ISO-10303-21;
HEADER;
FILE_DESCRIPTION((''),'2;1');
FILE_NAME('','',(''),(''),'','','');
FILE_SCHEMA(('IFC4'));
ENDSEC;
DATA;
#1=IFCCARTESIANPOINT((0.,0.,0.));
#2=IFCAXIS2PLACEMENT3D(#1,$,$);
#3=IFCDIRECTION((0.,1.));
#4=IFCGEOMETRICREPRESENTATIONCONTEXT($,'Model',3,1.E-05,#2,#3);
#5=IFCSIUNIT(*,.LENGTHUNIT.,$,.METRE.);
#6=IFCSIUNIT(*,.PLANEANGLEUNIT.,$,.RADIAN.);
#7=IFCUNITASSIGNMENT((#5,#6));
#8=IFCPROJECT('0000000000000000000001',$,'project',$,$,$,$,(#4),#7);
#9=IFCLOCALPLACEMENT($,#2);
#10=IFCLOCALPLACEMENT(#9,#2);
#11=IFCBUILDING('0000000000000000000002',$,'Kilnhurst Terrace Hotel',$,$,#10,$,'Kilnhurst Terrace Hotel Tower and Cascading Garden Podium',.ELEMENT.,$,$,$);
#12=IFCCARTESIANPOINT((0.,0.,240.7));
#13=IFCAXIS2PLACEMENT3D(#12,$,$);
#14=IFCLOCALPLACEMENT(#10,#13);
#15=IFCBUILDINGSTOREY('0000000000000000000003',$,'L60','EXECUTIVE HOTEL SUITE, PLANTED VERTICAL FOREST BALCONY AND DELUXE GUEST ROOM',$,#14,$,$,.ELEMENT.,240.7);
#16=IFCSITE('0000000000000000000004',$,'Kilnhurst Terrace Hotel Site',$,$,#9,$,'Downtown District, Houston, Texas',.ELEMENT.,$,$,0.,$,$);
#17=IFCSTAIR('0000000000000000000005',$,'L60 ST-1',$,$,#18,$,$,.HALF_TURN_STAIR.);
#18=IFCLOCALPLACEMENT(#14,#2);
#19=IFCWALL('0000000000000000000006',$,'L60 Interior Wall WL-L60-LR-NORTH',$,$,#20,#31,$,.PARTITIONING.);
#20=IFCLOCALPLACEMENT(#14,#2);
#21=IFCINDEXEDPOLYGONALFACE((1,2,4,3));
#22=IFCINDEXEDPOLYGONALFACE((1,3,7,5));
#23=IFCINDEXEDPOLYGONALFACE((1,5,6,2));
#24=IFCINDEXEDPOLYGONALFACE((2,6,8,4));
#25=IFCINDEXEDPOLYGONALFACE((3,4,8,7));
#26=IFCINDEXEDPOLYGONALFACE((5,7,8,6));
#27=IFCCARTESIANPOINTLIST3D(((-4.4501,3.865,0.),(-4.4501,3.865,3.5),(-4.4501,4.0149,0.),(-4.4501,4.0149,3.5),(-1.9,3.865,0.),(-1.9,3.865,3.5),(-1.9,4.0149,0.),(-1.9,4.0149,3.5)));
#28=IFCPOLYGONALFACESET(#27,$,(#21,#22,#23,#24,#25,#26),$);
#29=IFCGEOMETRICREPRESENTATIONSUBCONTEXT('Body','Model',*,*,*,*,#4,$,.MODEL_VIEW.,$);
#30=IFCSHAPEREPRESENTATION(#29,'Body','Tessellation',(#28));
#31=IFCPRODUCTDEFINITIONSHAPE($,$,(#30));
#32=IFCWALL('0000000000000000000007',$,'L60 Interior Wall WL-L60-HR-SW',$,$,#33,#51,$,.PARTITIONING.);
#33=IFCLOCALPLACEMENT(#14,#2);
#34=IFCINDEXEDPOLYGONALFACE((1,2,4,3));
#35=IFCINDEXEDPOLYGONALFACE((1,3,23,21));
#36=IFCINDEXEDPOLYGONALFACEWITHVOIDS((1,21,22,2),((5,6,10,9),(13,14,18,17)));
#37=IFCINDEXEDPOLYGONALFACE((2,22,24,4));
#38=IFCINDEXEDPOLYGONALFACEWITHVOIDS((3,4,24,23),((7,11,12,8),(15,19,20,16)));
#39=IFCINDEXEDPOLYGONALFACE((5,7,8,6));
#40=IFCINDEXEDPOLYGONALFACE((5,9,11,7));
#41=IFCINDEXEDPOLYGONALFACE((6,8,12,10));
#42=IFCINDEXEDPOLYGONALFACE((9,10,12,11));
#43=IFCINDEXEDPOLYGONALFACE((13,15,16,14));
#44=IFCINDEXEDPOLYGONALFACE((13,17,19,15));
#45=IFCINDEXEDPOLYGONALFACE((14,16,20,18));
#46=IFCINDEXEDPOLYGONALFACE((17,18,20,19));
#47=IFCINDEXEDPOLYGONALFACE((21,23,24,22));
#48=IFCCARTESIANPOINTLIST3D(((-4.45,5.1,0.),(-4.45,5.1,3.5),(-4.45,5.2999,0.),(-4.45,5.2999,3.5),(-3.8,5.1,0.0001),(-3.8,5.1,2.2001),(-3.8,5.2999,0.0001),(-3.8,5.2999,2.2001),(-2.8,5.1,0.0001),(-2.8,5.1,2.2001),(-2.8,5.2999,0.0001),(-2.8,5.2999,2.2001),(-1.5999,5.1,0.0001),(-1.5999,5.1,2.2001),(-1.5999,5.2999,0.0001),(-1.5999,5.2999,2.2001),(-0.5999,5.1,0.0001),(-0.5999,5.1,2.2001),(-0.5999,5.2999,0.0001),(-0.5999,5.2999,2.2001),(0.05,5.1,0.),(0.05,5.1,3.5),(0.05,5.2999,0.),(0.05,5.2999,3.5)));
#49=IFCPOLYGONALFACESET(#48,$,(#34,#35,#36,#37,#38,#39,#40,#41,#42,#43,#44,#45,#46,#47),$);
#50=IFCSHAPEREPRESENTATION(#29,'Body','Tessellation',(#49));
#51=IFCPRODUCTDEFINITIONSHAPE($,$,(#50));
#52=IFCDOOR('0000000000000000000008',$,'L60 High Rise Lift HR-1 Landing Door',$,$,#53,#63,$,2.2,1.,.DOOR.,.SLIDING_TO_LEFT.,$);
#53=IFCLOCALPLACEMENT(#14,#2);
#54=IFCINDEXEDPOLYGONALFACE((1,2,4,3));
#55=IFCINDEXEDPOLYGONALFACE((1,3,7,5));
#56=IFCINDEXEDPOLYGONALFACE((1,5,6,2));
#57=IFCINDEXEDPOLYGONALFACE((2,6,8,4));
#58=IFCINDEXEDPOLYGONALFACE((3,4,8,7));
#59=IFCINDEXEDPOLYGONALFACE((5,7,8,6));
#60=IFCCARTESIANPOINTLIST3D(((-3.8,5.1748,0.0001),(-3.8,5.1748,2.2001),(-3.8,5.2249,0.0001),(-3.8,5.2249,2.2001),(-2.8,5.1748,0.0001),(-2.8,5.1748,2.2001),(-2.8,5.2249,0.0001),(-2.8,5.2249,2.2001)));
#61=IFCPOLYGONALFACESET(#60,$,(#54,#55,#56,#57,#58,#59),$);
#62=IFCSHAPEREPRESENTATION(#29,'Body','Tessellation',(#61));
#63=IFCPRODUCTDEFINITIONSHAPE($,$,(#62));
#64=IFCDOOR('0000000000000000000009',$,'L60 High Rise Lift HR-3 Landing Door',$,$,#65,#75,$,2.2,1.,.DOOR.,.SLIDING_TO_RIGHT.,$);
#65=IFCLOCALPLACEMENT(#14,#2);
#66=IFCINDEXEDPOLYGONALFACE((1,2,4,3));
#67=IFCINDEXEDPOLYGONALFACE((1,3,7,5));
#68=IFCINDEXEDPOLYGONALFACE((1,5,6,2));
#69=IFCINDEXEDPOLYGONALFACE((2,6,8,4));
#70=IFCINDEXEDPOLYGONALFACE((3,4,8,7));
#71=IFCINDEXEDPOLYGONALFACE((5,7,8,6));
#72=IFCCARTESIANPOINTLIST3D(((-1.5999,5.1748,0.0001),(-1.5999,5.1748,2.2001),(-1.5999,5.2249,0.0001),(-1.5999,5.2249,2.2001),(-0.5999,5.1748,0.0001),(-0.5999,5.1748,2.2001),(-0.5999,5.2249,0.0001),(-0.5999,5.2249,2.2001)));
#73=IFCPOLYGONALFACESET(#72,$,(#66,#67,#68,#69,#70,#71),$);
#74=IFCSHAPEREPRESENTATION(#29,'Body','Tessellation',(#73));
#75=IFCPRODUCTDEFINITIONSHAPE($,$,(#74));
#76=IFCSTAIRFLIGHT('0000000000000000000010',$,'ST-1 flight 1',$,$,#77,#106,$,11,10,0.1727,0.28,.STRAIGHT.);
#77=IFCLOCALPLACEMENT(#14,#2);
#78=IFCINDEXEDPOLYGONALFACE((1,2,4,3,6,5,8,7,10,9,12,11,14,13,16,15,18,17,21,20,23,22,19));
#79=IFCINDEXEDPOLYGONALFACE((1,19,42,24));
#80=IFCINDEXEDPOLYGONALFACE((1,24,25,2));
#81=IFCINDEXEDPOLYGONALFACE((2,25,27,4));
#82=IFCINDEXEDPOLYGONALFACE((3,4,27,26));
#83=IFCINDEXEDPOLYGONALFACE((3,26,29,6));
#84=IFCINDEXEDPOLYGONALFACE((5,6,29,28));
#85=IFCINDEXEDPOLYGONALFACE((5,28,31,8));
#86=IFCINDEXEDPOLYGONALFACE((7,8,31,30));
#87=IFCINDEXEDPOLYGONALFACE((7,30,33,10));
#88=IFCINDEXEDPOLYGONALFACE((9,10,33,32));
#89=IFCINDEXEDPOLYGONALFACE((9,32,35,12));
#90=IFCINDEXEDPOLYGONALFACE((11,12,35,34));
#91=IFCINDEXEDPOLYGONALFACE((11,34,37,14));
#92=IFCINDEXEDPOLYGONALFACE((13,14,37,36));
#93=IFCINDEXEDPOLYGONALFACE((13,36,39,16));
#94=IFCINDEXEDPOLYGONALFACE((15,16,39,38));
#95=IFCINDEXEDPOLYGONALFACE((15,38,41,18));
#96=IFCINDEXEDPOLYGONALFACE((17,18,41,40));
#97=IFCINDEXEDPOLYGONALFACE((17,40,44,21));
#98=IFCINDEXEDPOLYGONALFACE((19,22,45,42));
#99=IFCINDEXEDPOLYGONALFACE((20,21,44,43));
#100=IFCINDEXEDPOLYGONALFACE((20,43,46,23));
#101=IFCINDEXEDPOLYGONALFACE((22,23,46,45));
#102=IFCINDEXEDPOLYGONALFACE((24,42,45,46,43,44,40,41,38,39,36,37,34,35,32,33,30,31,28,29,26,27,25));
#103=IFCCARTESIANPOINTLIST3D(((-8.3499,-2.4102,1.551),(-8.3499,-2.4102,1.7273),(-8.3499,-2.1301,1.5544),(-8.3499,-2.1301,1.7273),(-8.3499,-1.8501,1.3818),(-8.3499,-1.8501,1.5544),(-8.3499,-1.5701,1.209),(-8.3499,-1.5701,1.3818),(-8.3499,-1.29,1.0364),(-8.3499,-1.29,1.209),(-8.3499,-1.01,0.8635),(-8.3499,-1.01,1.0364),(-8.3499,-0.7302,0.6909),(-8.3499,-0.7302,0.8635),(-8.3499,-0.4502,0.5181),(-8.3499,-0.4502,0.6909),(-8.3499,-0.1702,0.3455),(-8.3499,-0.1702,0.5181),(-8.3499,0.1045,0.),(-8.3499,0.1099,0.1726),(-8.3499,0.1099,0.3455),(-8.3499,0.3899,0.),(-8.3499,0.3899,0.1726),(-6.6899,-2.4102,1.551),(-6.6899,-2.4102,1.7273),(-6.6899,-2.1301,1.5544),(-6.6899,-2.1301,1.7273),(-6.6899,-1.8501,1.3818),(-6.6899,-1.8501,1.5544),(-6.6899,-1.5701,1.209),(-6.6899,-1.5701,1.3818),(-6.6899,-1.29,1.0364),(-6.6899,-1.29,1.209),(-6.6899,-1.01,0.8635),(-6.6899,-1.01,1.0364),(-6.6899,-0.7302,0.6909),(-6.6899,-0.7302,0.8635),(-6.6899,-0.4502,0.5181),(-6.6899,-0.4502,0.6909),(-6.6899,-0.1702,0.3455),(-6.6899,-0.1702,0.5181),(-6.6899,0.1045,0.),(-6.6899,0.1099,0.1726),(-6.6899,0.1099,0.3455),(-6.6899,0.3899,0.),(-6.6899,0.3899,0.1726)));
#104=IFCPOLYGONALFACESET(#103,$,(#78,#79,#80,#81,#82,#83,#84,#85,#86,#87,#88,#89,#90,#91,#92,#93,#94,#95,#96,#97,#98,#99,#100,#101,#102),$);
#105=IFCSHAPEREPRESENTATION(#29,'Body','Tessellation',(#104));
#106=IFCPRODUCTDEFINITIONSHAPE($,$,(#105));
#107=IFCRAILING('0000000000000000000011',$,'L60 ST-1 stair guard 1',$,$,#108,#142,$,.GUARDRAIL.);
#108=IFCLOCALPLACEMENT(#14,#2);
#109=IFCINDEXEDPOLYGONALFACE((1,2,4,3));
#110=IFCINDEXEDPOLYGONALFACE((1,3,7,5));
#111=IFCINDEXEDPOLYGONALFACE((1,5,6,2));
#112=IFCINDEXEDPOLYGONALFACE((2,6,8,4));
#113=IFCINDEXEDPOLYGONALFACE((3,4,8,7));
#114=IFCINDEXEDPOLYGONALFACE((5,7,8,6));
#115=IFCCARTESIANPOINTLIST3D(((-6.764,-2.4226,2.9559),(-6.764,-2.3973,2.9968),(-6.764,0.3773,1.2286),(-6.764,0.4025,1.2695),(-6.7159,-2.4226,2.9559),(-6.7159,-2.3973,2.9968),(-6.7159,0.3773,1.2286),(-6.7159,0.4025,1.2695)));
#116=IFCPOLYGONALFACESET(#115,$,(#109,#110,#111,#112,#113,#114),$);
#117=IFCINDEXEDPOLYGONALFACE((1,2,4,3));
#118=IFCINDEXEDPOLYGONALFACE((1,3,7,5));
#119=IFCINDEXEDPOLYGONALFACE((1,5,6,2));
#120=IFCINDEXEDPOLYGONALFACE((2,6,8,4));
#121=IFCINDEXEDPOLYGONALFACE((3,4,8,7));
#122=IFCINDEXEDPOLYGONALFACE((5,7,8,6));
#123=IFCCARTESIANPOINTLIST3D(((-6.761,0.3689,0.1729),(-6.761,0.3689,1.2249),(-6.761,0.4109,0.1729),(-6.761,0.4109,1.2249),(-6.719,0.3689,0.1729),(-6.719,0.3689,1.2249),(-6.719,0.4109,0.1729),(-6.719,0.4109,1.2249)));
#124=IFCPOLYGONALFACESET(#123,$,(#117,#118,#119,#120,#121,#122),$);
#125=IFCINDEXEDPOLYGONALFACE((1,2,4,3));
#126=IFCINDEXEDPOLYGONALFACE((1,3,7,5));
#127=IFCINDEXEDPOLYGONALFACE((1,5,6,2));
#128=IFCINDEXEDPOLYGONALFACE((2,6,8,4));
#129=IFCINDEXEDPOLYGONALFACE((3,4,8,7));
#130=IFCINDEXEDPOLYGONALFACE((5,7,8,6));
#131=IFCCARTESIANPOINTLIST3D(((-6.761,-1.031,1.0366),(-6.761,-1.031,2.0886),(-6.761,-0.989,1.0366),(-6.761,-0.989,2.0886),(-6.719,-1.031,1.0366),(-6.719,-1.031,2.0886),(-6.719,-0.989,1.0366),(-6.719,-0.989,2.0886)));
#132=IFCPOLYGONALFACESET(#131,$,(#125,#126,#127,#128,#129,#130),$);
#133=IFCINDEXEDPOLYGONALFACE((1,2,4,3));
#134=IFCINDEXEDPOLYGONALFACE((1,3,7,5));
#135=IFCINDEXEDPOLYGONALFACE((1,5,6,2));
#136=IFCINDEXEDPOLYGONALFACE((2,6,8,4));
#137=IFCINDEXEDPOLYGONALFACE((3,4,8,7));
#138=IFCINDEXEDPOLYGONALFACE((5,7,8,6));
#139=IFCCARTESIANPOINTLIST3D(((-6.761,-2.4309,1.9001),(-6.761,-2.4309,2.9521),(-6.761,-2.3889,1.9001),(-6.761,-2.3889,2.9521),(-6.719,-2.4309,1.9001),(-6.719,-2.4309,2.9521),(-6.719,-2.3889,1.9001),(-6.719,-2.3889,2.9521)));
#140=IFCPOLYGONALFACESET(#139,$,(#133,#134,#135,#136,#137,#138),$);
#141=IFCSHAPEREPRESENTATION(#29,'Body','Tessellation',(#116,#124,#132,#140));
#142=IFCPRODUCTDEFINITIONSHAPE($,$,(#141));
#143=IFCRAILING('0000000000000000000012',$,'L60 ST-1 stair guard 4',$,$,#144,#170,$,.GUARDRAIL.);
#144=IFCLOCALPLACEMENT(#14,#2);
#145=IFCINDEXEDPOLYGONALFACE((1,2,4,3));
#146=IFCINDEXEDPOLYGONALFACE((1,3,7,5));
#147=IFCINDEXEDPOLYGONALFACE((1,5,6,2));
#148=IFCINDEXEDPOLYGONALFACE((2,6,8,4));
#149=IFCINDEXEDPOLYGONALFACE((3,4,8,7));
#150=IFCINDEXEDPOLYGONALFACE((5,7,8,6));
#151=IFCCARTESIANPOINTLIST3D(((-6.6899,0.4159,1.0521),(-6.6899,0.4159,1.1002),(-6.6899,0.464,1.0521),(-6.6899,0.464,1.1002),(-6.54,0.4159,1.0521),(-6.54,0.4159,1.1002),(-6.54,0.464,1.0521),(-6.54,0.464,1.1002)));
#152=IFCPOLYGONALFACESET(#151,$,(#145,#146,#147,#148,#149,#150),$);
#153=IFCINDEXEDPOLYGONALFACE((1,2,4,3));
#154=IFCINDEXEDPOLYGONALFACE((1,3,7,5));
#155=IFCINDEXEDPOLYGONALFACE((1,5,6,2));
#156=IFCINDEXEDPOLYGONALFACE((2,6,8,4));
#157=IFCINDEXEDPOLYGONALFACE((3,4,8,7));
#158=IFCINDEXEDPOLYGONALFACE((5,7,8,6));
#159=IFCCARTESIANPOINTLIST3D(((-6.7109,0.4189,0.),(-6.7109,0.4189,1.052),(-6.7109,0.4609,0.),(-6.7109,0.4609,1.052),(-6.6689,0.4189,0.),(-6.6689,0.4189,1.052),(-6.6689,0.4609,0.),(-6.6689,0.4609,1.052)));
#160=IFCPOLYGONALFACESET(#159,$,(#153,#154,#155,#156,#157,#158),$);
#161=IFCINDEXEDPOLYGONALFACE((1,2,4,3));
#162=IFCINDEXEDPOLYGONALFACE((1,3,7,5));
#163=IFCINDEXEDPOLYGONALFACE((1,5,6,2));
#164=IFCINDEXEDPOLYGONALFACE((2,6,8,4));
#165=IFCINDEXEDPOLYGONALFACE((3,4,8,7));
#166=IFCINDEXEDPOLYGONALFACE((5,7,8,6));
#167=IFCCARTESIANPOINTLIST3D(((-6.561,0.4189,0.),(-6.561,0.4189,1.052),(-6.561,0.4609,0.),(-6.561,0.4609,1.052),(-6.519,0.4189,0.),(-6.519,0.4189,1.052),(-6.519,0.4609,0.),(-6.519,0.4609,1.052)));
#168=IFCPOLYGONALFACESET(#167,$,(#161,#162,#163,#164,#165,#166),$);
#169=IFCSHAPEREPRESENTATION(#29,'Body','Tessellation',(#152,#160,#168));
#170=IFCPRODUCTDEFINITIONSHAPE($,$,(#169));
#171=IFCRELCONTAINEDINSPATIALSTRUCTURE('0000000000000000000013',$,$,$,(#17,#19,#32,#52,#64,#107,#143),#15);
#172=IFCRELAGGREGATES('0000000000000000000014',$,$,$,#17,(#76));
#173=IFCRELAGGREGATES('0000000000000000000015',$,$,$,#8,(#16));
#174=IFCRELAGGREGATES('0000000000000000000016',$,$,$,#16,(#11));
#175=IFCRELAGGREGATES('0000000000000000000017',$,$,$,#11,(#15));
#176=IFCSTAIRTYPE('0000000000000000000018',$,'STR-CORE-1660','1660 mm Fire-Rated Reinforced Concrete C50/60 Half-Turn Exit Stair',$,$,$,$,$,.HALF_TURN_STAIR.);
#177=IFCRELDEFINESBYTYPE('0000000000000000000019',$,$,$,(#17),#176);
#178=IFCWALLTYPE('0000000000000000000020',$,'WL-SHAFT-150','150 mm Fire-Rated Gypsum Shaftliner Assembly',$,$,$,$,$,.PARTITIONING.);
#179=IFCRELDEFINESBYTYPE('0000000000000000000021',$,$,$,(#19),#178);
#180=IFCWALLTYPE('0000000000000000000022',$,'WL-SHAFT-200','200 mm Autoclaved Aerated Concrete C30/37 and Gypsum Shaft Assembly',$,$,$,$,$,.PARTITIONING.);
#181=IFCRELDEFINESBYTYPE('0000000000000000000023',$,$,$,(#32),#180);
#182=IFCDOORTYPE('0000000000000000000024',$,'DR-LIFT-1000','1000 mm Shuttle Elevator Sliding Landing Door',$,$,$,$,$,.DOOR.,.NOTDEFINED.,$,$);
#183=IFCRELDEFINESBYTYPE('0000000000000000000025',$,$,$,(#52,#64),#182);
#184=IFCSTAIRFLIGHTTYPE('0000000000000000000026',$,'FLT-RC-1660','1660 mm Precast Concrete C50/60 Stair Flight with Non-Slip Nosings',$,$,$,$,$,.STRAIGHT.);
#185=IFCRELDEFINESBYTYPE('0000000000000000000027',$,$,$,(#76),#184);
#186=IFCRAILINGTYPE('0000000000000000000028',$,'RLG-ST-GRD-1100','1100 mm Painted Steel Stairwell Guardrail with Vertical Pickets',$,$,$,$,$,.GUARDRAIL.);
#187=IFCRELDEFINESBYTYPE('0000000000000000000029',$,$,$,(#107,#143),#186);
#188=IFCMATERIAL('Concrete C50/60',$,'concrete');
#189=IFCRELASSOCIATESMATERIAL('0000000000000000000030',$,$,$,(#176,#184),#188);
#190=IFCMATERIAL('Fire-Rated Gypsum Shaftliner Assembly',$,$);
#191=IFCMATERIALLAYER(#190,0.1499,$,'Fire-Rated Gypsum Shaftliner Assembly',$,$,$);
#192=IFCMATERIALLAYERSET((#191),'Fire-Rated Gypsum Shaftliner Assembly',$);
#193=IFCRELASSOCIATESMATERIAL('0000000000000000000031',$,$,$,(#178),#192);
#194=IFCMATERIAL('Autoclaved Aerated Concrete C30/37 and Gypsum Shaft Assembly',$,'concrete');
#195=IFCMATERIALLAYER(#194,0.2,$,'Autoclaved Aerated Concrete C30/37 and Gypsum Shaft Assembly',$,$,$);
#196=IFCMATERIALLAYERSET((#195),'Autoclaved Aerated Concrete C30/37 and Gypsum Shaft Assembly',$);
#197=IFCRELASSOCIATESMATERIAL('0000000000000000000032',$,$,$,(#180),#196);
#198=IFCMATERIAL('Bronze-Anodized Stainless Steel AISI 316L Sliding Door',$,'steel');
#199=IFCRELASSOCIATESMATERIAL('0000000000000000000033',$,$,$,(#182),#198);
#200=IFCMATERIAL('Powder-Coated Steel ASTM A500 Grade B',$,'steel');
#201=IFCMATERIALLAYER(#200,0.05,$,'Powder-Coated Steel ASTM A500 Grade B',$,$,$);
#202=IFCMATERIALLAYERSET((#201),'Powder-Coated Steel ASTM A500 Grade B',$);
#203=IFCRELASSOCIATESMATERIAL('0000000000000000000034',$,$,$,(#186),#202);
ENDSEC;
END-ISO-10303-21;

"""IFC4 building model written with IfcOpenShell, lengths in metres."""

from ifc_helpers import new_model, si_unit, direction, frame, frame_2d, origin, origin_2d, place, context, subcontext, project, spatial, polyline, rectangle, outline, extrude, material, layer, layer_set, type_object, element, fill, aggregate, save


model = new_model("IFC4")

# Units and contexts
model_context = context("Model", 3, precision=1e-05, world=origin(), true_north=direction((0.0, 1.0)))
body_context = subcontext(model_context, "Body", "Model", "MODEL_VIEW")
ifc_project = project(units=[si_unit("LENGTHUNIT", "METRE"), si_unit("PLANEANGLEUNIT", "RADIAN")], contexts=[model_context])

# Site, building, storey
site_placement = place(None, origin())
site = spatial("IfcSite", under=ifc_project, at=site_placement, Name="Kilnhurst Terrace Hotel Site", LongName="Downtown District, Houston, Texas", CompositionType="ELEMENT", RefElevation=0.0)
building_placement = place(site_placement, origin())
building = spatial("IfcBuilding", under=site, at=building_placement, Name="Kilnhurst Terrace Hotel", LongName="Kilnhurst Terrace Hotel Tower and Cascading Garden Podium", CompositionType="ELEMENT")
storey_placement = place(building_placement, frame((0.0, 0.0, 240.7)))
storey = spatial("IfcBuildingStorey", under=building, at=storey_placement, Name="L60", Description="EXECUTIVE HOTEL SUITE, PLANTED VERTICAL FOREST BALCONY AND DELUXE GUEST ROOM", CompositionType="ELEMENT", Elevation=240.7)

# Shared definitions
ifc_material_1 = material(Name="Concrete C50/60", Category="concrete")

# Stair
stair_type = type_object("IfcStairType", Name="STR-CORE-1660", Description="1660 mm Fire-Rated Reinforced Concrete C50/60 Half-Turn Exit Stair", PredefinedType="HALF_TURN_STAIR", material=ifc_material_1)
stair_1_placement = place(storey_placement, origin())
stair_1 = element("IfcStair", 1, at=stair_1_placement, inside=storey, type_object=stair_type, Name="L60 ST-1", PredefinedType="HALF_TURN_STAIR")

# Wall
ifc_material_2 = material(Name="Fire-Rated Gypsum Shaftliner Assembly")
ifc_layer_1 = layer(ifc_material_2, 0.1499, Name="Fire-Rated Gypsum Shaftliner Assembly")
ifc_layer_set_1 = layer_set([ifc_layer_1], Name="Fire-Rated Gypsum Shaftliner Assembly")
wall_type_1 = type_object("IfcWallType", Name="WL-SHAFT-150", Description="150 mm Fire-Rated Gypsum Shaftliner Assembly", PredefinedType="PARTITIONING", material=ifc_layer_set_1)
wall_1_placement = place(storey_placement, frame((-4.45, 3.9399, 0.0), z_axis=(0.0, 0.0, 1.0), x_axis=(1.0, 0.0, 0.0)))
element("IfcWall", 2, at=wall_1_placement, inside=storey, type_object=wall_type_1, Name="L60 Interior Wall WL-L60-LR-NORTH", PredefinedType="PARTITIONING", context=body_context, shape_type="SweptSolid", body=[
    extrude(rectangle(XDim=2.55, YDim=0.1499, at=frame_2d((1.2749, 0.0))), origin(), (0.0, 0.0, 1.0), 3.5),
])

# Wall, openings, doors
ifc_material_3 = material(Name="Autoclaved Aerated Concrete C30/37 and Gypsum Shaft Assembly", Category="concrete")
ifc_layer_2 = layer(ifc_material_3, 0.2, Name="Autoclaved Aerated Concrete C30/37 and Gypsum Shaft Assembly")
ifc_layer_set_2 = layer_set([ifc_layer_2], Name="Autoclaved Aerated Concrete C30/37 and Gypsum Shaft Assembly")
wall_type_2 = type_object("IfcWallType", Name="WL-SHAFT-200", Description="200 mm Autoclaved Aerated Concrete C30/37 and Gypsum Shaft Assembly", PredefinedType="PARTITIONING", material=ifc_layer_set_2)
wall_2_placement = place(storey_placement, frame((-4.45, 5.2, 0.0), z_axis=(0.0, 0.0, 1.0), x_axis=(1.0, 0.0, 0.0)))
wall_2 = element("IfcWall", 3, at=wall_2_placement, inside=storey, type_object=wall_type_2, Name="L60 Interior Wall WL-L60-HR-SW", PredefinedType="PARTITIONING", context=body_context, shape_type="SweptSolid", body=[
    extrude(rectangle(XDim=4.5, YDim=0.2, at=frame_2d((2.25, 0.0))), origin(), (0.0, 0.0, 1.0), 3.5),
])
opening_1_placement = place(wall_2_placement, frame((0.6499, 0.0, 0.0)))
opening_1 = element("IfcOpeningElement", 4, at=opening_1_placement, cuts=wall_2, PredefinedType="OPENING", context=body_context, shape_type="SweptSolid", body=[
    extrude(rectangle(XDim=1.0, YDim=2.2, at=frame_2d((0.5, 1.1001))), frame((0.0, 0.1099, 0.0), z_axis=(0.0, -1.0, 0.0), x_axis=(1.0, 0.0, 0.0)), (0.0, 0.0, 1.0), 0.22),
])
opening_2_placement = place(wall_2_placement, frame((2.8501, 0.0, 0.0)))
opening_2 = element("IfcOpeningElement", 5, at=opening_2_placement, cuts=wall_2, PredefinedType="OPENING", context=body_context, shape_type="SweptSolid", body=[
    extrude(rectangle(XDim=1.0, YDim=2.2, at=frame_2d((0.5, 1.1001))), frame((0.0, 0.1099, 0.0), z_axis=(0.0, -1.0, 0.0), x_axis=(1.0, 0.0, 0.0)), (0.0, 0.0, 1.0), 0.22),
])
ifc_material_4 = material(Name="Bronze-Anodized Stainless Steel AISI 316L Sliding Door", Category="steel")
door_type_1 = type_object("IfcDoorType", Name="DR-LIFT-1000", Description="1000 mm Shuttle Elevator Sliding Landing Door", OperationType="NOTDEFINED", PredefinedType="DOOR", material=ifc_material_4)
door_1_placement = place(opening_1_placement, origin())
door_1 = element("IfcDoor", 6, at=door_1_placement, inside=storey, type_object=door_type_1, Name="L60 High Rise Lift HR-1 Landing Door", OperationType="SLIDING_TO_LEFT", OverallHeight=2.2, OverallWidth=1.0, PredefinedType="DOOR", context=body_context, shape_type="SweptSolid", body=[
    extrude(rectangle(XDim=1.0, YDim=2.2, at=frame_2d((0.5, 1.1001))), frame((0.0, 0.0249, 0.0), z_axis=(0.0, -1.0, 0.0), x_axis=(1.0, 0.0, 0.0)), (0.0, 0.0, 1.0), 0.05),
])
fill(opening_1, door_1)
door_2_placement = place(opening_2_placement, origin())
door_2 = element("IfcDoor", 7, at=door_2_placement, inside=storey, type_object=door_type_1, Name="L60 High Rise Lift HR-3 Landing Door", OperationType="SLIDING_TO_RIGHT", OverallHeight=2.2, OverallWidth=1.0, PredefinedType="DOOR", context=body_context, shape_type="SweptSolid", body=[
    extrude(rectangle(XDim=1.0, YDim=2.2, at=frame_2d((0.5, 1.1001))), frame((0.0, 0.0249, 0.0), z_axis=(0.0, -1.0, 0.0), x_axis=(1.0, 0.0, 0.0)), (0.0, 0.0, 1.0), 0.05),
])
fill(opening_2, door_2)

# Stair flight
stair_flight_type = type_object("IfcStairFlightType", Name="FLT-RC-1660", Description="1660 mm Precast Concrete C50/60 Stair Flight with Non-Slip Nosings", PredefinedType="STRAIGHT", material=ifc_material_1)
stair_flight_placement = place(storey_placement, frame((-7.52, 0.3899, 0.0), z_axis=(0.0, 0.0, 1.0), x_axis=(0.0, -1.0, 0.0)))
stair_flight = element("IfcStairFlight", 8, at=stair_flight_placement, type_object=stair_flight_type, Name="ST-1 flight 1", NumberOfRisers=11, NumberOfTreads=10, PredefinedType="STRAIGHT", RiserHeight=0.1727, TreadLength=0.28, context=body_context, shape_type="SweptSolid", body=[
    extrude(outline(polyline([(0.0, 0.0), (0.0, 0.1726), (0.28, 0.1726), (0.28, 0.3455), (0.5601, 0.3455), (0.5601, 0.5181), (0.8401, 0.5181), (0.8401, 0.6909), (1.1201, 0.6909), (1.1201, 0.8635), (1.3999, 0.8635), (1.3999, 1.0364), (1.6799, 1.0364), (1.6799, 1.209), (1.96, 1.209), (1.96, 1.3818), (2.24, 1.3818), (2.24, 1.5544), (2.52, 1.5544), (2.52, 1.7273), (2.8, 1.7273), (2.8, 1.8999), (2.8, 1.551), (0.2854, 0.0), (0.0, 0.0)])), frame((0.0, 0.8301, 0.0), z_axis=(0.0, -1.0, 0.0), x_axis=(1.0, 0.0, 0.0)), (0.0, 0.0, 1.0), 1.6599),
])
aggregate(stair_1, [stair_flight])

# Railings
ifc_material_5 = material(Name="Powder-Coated Steel ASTM A500 Grade B", Category="steel")
ifc_layer_3 = layer(ifc_material_5, 0.05, Name="Powder-Coated Steel ASTM A500 Grade B")
ifc_layer_set_3 = layer_set([ifc_layer_3], Name="Powder-Coated Steel ASTM A500 Grade B")
railing_type_1 = type_object("IfcRailingType", Name="RLG-ST-GRD-1100", Description="1100 mm Painted Steel Stairwell Guardrail with Vertical Pickets", PredefinedType="GUARDRAIL", material=ifc_layer_set_3)
railing_1_placement = place(storey_placement, frame((-6.74, 0.3899, 0.1729)))
element("IfcRailing", 9, at=railing_1_placement, inside=storey, type_object=railing_type_1, Name="L60 ST-1 stair guard 1", PredefinedType="GUARDRAIL", context=body_context, shape_type="SweptSolid", body=[
    extrude(rectangle(XDim=0.0481, YDim=0.0481, at=origin_2d()), frame((0.0, 0.0, 1.0762), z_axis=(0.0, -0.851069, 0.525054), x_axis=(1.0, 0.0, 0.0)), (0.0, 0.0, 1.0), 3.2898),
    extrude(rectangle(XDim=0.042, YDim=0.042, at=origin_2d()), origin(), (0.0, 0.0, 1.0), 1.052),
    extrude(rectangle(XDim=0.042, YDim=0.042, at=origin_2d()), frame((0.0, -1.3999, 0.8638)), (0.0, 0.0, 1.0), 1.052),
    extrude(rectangle(XDim=0.042, YDim=0.042, at=origin_2d()), frame((0.0, -2.7998, 1.7273)), (0.0, 0.0, 1.0), 1.052),
])
railing_2_placement = place(storey_placement, frame((-6.6899, 0.4399, 0.0)))
element("IfcRailing", 10, at=railing_2_placement, inside=storey, type_object=railing_type_1, Name="L60 ST-1 stair guard 4", PredefinedType="GUARDRAIL", context=body_context, shape_type="SweptSolid", body=[
    extrude(rectangle(XDim=0.0481, YDim=0.0481, at=origin_2d()), frame((0.0, 0.0, 1.0762), z_axis=(1.0, 0.0, 0.0), x_axis=(0.0, 1.0, 0.0)), (0.0, 0.0, 1.0), 0.1499),
    extrude(rectangle(XDim=0.042, YDim=0.042, at=origin_2d()), origin(), (0.0, 0.0, 1.0), 1.052),
    extrude(rectangle(XDim=0.042, YDim=0.042, at=origin_2d()), frame((0.1499, 0.0, 0.0)), (0.0, 0.0, 1.0), 1.052),
])

save(model, "model.ifc")
